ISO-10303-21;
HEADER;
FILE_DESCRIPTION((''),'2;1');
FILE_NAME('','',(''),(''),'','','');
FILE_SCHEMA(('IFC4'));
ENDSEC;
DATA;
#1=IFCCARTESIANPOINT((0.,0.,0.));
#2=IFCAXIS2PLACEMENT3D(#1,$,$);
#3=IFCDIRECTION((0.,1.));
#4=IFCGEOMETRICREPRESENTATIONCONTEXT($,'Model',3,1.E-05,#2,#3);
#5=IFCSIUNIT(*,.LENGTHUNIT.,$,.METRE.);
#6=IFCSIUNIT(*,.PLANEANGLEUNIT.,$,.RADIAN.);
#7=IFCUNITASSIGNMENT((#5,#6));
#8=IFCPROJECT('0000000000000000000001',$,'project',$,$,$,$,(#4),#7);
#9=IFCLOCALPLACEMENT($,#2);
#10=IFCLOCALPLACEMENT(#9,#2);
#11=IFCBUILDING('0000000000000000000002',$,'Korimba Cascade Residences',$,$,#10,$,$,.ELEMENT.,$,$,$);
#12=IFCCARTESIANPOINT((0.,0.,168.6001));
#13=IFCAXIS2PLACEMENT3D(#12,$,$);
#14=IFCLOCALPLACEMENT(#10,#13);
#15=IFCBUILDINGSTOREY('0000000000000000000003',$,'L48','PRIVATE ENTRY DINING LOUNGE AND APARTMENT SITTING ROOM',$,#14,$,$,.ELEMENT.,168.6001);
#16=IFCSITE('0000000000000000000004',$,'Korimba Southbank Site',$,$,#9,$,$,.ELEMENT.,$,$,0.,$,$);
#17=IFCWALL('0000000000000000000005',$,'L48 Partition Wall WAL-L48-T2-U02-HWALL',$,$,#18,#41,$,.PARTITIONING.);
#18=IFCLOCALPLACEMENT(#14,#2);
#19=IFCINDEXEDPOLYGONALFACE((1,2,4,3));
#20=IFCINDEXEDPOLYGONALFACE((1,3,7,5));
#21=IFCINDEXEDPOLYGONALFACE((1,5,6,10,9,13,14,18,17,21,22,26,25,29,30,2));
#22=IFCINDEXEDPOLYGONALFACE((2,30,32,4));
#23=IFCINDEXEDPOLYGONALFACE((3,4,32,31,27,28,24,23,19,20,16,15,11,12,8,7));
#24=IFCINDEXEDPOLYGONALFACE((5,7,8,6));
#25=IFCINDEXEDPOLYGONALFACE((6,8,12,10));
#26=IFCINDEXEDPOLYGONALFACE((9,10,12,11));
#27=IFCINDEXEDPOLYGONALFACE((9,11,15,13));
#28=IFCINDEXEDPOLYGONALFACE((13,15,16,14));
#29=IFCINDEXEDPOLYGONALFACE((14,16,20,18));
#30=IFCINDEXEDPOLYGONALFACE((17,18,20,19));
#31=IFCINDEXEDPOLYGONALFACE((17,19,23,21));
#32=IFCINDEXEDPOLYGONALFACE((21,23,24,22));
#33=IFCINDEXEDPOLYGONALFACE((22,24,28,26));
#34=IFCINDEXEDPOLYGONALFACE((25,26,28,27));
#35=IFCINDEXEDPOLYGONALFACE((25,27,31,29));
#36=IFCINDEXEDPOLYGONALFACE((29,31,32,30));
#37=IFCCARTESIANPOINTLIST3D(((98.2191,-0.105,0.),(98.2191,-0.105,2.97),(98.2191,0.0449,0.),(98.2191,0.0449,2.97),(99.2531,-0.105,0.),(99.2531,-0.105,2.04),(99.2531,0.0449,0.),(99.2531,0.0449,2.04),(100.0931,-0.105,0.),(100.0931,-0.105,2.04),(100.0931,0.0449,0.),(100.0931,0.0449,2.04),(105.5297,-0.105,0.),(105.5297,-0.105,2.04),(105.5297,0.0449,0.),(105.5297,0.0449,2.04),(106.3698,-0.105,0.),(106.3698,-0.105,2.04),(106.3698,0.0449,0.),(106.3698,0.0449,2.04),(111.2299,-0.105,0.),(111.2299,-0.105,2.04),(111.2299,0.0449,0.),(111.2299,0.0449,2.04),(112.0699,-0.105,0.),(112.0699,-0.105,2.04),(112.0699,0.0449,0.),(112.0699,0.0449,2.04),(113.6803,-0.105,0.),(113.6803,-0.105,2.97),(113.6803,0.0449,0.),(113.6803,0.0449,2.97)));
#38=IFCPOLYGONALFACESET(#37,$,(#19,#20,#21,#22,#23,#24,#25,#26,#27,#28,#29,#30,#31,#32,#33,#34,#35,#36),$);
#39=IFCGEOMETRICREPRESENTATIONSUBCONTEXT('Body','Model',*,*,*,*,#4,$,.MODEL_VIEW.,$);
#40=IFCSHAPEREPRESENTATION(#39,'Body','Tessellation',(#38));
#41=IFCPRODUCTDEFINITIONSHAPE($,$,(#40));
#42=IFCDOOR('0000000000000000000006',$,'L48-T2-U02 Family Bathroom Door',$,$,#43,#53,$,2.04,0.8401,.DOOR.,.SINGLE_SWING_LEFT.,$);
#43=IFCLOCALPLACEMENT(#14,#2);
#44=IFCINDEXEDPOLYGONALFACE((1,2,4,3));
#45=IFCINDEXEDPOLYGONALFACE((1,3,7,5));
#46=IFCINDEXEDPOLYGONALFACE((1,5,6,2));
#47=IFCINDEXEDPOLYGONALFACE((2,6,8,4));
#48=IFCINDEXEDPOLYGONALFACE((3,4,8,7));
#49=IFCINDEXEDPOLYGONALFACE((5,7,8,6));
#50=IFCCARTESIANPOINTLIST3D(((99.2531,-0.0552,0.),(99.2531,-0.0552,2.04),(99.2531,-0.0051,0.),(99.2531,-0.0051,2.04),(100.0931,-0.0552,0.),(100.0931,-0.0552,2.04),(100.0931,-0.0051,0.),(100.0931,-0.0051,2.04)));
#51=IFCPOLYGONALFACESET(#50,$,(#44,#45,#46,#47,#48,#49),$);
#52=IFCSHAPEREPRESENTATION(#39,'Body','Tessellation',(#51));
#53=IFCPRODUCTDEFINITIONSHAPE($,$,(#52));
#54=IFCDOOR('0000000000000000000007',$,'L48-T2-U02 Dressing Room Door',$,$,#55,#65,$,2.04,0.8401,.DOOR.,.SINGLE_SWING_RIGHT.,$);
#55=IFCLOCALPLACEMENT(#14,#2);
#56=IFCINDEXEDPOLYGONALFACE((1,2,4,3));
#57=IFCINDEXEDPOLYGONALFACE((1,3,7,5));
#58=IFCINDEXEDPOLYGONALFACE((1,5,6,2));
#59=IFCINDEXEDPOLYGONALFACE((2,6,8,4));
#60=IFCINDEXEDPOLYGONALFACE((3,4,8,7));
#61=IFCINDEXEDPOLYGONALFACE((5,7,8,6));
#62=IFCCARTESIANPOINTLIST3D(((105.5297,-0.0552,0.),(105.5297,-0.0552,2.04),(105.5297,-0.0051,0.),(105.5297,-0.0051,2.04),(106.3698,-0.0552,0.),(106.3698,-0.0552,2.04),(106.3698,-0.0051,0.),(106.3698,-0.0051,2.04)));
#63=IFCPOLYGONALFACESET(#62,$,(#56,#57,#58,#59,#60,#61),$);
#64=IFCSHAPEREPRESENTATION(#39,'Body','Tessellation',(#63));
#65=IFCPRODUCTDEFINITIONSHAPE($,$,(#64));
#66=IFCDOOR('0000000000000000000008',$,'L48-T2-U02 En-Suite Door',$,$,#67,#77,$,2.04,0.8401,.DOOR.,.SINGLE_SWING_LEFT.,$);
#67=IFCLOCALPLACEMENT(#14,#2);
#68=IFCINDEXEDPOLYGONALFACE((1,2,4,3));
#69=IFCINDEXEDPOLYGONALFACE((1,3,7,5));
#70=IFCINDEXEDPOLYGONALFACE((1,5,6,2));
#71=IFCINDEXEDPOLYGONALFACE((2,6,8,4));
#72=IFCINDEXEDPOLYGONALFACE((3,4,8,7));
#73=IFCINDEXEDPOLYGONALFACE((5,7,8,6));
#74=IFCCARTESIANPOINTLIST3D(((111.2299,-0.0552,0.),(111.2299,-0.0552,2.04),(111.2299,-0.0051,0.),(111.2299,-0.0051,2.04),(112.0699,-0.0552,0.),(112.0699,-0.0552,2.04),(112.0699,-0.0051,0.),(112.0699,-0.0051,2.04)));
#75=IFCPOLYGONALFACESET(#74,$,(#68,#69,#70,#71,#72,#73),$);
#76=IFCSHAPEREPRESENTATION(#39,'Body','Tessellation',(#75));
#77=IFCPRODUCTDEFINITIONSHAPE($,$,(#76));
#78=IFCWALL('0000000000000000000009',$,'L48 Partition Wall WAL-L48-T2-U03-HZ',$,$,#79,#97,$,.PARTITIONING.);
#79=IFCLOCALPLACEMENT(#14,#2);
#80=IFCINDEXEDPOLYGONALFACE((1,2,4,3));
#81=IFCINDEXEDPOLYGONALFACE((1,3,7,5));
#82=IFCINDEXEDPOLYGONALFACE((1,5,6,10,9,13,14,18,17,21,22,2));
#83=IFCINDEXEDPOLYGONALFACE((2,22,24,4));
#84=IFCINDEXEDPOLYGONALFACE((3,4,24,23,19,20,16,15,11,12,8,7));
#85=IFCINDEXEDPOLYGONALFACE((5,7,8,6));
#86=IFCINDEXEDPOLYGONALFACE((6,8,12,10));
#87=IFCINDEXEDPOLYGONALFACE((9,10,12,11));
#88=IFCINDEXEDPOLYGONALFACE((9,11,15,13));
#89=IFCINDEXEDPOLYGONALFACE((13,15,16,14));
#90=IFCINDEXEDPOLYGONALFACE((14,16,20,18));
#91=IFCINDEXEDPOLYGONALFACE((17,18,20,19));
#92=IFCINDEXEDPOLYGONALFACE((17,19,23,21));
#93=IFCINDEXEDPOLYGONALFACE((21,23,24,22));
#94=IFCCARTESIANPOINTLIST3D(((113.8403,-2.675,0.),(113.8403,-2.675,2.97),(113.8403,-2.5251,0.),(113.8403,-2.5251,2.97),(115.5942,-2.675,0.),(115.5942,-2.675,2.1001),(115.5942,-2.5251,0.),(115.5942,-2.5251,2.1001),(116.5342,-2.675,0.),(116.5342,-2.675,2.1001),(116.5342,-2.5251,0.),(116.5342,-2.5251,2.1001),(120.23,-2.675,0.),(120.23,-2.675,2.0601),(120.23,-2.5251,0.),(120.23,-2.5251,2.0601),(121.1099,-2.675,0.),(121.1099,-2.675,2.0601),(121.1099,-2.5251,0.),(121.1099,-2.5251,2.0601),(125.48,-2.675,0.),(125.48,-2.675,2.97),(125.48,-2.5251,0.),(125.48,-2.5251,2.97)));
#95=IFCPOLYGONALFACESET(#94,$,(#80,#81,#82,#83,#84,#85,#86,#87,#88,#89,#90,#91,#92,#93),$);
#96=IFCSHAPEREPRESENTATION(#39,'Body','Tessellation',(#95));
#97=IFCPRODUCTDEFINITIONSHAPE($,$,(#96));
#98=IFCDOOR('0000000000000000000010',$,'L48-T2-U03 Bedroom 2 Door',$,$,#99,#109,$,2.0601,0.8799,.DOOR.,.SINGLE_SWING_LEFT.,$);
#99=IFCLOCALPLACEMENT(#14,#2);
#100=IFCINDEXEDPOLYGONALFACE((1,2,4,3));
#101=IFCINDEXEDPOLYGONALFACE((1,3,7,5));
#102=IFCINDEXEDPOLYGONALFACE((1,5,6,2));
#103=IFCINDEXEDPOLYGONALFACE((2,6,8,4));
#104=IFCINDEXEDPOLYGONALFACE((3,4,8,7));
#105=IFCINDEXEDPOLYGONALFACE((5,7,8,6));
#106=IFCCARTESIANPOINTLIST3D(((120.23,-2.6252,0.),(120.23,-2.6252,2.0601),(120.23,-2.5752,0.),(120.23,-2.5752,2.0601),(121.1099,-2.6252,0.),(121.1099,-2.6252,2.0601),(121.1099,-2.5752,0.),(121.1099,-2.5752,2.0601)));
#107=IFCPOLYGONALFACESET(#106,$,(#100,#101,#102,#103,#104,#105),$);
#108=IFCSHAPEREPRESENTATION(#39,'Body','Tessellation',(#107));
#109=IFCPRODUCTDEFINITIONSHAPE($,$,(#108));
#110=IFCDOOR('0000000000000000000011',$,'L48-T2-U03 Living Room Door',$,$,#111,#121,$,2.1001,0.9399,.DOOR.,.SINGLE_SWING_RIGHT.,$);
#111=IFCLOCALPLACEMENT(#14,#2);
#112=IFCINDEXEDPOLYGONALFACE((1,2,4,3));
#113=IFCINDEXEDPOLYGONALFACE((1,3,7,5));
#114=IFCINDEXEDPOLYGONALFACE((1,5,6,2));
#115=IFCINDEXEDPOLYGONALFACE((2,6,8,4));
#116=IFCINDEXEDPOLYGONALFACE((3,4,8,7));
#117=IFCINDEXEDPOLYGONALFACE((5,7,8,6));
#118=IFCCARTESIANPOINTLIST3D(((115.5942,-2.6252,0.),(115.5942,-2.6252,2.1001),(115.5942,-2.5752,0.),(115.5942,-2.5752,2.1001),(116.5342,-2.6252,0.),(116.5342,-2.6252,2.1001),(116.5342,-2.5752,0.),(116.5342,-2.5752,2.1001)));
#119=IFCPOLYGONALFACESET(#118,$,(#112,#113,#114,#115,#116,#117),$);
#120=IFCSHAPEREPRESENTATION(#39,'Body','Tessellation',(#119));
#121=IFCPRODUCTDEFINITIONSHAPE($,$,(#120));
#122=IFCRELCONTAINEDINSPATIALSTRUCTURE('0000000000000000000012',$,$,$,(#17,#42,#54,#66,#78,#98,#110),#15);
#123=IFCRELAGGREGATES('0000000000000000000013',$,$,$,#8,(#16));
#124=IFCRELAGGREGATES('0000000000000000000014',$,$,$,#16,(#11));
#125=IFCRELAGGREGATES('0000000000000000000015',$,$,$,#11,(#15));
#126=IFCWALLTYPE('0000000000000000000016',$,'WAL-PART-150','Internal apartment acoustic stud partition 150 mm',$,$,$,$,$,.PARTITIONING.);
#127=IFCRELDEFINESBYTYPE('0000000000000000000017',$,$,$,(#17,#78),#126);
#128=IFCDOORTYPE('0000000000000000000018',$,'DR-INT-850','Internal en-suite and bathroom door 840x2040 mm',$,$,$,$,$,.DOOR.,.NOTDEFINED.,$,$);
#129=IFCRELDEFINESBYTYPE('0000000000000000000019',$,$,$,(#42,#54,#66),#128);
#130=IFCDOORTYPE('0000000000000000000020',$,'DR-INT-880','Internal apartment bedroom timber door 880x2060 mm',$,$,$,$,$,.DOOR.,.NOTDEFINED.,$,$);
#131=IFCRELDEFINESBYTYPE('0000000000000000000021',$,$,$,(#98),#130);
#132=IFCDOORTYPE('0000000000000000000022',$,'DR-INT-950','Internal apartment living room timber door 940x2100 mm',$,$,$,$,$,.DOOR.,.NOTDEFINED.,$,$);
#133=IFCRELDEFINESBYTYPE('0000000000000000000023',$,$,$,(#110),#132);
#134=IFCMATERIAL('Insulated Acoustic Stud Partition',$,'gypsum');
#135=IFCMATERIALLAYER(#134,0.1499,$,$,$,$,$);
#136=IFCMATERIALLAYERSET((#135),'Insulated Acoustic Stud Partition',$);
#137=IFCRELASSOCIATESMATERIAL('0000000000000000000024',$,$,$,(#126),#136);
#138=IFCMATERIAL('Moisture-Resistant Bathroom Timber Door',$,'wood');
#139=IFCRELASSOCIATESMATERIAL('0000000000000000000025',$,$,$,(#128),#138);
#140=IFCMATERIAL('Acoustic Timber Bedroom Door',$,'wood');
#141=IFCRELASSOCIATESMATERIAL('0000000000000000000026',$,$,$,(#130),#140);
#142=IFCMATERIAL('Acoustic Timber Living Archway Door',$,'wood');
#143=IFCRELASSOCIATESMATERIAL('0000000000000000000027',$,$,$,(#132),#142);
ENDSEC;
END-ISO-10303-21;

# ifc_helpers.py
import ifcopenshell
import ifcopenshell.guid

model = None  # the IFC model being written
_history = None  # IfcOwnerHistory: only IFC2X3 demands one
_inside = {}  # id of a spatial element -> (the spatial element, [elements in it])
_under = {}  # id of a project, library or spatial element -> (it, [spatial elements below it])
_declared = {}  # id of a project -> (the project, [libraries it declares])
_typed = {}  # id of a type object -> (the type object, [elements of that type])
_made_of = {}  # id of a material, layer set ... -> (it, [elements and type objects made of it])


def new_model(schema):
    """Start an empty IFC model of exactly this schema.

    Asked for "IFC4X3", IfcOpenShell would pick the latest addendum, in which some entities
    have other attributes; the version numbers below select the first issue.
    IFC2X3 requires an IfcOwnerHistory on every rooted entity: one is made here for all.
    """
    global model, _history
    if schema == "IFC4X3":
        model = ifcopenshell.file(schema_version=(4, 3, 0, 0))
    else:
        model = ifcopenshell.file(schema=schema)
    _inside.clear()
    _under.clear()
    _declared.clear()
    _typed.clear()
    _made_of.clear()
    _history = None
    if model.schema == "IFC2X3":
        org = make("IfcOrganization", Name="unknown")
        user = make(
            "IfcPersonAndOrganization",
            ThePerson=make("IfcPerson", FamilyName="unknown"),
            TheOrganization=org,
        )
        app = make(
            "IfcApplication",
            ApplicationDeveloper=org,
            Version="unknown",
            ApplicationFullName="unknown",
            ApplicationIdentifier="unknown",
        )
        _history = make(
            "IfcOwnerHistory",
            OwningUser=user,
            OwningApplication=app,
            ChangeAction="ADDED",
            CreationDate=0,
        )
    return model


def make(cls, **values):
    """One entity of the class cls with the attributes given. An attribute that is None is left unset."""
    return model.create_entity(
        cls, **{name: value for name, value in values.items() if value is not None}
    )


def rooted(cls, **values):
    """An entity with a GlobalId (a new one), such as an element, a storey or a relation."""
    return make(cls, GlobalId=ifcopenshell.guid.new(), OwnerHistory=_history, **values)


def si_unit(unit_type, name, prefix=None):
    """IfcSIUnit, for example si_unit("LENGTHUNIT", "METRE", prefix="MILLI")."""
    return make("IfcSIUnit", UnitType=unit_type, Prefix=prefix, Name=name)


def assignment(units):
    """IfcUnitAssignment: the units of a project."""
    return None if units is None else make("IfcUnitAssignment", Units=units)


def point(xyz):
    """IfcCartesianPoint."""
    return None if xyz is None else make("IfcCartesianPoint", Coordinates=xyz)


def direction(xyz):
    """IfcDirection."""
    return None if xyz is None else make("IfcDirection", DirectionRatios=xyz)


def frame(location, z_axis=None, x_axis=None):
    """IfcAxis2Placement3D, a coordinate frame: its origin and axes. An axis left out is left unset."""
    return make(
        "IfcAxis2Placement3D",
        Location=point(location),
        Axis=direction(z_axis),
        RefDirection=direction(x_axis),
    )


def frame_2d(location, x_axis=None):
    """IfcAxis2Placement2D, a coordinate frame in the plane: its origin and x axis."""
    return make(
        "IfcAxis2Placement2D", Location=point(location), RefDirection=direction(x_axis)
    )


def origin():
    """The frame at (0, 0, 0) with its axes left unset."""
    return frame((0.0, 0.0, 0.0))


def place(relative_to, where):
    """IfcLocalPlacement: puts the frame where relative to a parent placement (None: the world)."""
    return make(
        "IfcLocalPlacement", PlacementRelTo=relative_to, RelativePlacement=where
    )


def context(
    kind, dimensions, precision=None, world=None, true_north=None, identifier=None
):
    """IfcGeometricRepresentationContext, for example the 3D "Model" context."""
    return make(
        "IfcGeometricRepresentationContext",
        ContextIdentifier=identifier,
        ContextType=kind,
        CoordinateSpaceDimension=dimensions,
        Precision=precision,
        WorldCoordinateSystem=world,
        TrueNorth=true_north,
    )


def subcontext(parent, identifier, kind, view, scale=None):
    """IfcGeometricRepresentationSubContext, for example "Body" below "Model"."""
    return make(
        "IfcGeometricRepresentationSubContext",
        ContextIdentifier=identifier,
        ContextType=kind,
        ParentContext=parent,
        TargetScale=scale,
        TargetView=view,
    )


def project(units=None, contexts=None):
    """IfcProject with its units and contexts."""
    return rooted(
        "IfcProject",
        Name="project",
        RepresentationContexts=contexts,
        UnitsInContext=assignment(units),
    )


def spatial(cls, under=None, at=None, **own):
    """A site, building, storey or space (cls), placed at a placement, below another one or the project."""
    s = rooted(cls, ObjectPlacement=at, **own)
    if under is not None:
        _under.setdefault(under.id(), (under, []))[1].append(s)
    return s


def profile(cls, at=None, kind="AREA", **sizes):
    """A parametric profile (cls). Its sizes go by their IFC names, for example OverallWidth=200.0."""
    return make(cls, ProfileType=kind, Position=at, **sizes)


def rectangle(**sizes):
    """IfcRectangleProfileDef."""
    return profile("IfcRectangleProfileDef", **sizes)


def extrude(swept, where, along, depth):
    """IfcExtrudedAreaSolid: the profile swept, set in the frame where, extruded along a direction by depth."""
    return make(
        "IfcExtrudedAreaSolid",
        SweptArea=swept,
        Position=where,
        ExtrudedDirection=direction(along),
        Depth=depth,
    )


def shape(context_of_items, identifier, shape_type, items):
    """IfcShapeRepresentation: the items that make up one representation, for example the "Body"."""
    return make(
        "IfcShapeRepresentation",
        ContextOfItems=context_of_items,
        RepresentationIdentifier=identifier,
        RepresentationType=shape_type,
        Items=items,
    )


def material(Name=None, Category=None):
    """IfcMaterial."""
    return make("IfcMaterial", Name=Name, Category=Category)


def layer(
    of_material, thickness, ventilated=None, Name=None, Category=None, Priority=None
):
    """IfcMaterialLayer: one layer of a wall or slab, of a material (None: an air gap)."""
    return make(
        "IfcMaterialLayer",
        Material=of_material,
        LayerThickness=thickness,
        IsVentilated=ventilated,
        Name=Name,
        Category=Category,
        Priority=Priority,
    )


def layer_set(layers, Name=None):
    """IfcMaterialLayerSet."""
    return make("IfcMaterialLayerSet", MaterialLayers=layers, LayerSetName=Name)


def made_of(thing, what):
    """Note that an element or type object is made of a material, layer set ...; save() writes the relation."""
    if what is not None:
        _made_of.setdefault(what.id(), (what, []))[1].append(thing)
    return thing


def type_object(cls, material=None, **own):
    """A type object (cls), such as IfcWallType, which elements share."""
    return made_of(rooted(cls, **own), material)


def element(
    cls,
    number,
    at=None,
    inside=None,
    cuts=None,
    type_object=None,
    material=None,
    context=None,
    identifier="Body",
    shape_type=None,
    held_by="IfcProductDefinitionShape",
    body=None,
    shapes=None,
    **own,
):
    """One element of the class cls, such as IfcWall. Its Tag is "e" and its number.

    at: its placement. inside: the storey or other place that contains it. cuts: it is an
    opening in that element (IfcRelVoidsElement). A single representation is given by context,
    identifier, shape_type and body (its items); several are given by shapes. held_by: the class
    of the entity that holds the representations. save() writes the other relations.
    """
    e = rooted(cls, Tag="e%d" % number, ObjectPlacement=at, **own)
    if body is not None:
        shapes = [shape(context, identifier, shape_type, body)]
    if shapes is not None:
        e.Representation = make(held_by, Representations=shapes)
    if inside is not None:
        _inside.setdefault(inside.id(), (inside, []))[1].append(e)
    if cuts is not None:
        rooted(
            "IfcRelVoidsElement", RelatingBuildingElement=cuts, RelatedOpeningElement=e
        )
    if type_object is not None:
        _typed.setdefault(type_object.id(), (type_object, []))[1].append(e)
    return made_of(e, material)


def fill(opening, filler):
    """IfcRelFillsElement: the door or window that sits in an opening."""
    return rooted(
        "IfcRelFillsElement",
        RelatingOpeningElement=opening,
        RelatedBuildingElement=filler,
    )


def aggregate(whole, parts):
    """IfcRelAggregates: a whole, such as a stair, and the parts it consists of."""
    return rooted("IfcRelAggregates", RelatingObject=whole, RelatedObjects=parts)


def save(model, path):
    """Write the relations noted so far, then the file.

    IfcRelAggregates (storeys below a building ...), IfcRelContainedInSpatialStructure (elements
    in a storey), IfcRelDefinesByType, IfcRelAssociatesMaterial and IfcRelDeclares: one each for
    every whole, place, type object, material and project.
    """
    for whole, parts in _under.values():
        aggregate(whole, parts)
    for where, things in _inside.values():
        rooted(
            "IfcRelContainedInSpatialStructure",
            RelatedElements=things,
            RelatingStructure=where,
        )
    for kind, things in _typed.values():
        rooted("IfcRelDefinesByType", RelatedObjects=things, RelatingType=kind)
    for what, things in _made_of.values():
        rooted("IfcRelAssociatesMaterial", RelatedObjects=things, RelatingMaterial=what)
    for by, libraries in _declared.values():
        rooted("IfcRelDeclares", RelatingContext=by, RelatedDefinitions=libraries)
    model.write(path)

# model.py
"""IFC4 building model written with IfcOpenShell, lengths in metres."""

from ifc_helpers import new_model, si_unit, direction, frame, frame_2d, origin, place, context, subcontext, project, spatial, rectangle, extrude, material, layer, layer_set, type_object, element, fill, save


model = new_model("IFC4")

# Units and contexts
model_context = context("Model", 3, precision=1e-05, world=origin(), true_north=direction((0.0, 1.0)))
body_context = subcontext(model_context, "Body", "Model", "MODEL_VIEW")
ifc_project = project(units=[si_unit("LENGTHUNIT", "METRE"), si_unit("PLANEANGLEUNIT", "RADIAN")], contexts=[model_context])

# Site, building, storey
site_placement = place(None, origin())
site = spatial("IfcSite", under=ifc_project, at=site_placement, Name="Korimba Southbank Site", CompositionType="ELEMENT", RefElevation=0.0)
building_placement = place(site_placement, origin())
building = spatial("IfcBuilding", under=site, at=building_placement, Name="Korimba Cascade Residences", CompositionType="ELEMENT")
storey_placement = place(building_placement, frame((0.0, 0.0, 168.6001)))
storey = spatial("IfcBuildingStorey", under=building, at=storey_placement, Name="L48", Description="PRIVATE ENTRY DINING LOUNGE AND APARTMENT SITTING ROOM", CompositionType="ELEMENT", Elevation=168.6001)

# Shared definitions
ifc_material_1 = material(Name="Insulated Acoustic Stud Partition", Category="gypsum")
ifc_layer = layer(ifc_material_1, 0.1499)
ifc_layer_set = layer_set([ifc_layer], Name="Insulated Acoustic Stud Partition")
wall_type = type_object("IfcWallType", Name="WAL-PART-150", Description="Internal apartment acoustic stud partition 150 mm", PredefinedType="PARTITIONING", material=ifc_layer_set)
ifc_material_2 = material(Name="Moisture-Resistant Bathroom Timber Door", Category="wood")
door_type_1 = type_object("IfcDoorType", Name="DR-INT-850", Description="Internal en-suite and bathroom door 840x2040 mm", OperationType="NOTDEFINED", PredefinedType="DOOR", material=ifc_material_2)
ifc_material_3 = material(Name="Acoustic Timber Bedroom Door", Category="wood")
door_type_2 = type_object("IfcDoorType", Name="DR-INT-880", Description="Internal apartment bedroom timber door 880x2060 mm", OperationType="NOTDEFINED", PredefinedType="DOOR", material=ifc_material_3)

# Walls, openings, doors
wall_1_placement = place(storey_placement, frame((98.2192, -0.03, 0.0), z_axis=(0.0, 0.0, 1.0), x_axis=(1.0, 0.0, 0.0)))
wall_1 = element("IfcWall", 1, at=wall_1_placement, inside=storey, type_object=wall_type, Name="L48 Partition Wall WAL-L48-T2-U02-HWALL", PredefinedType="PARTITIONING", context=body_context, shape_type="SweptSolid", body=[
    extrude(rectangle(XDim=15.4612, YDim=0.1499, at=frame_2d((7.7305, 0.0))), origin(), (0.0, 0.0, 1.0), 2.97),
])
opening_1_placement = place(wall_1_placement, frame((1.0339, 0.0, 0.0)))
opening_1 = element("IfcOpeningElement", 2, at=opening_1_placement, cuts=wall_1, PredefinedType="OPENING", context=body_context, shape_type="SweptSolid", body=[
    extrude(rectangle(XDim=0.8401, YDim=2.04, at=frame_2d((0.4199, 1.02))), frame((0.0, 0.085, 0.0), z_axis=(0.0, -1.0, 0.0), x_axis=(1.0, 0.0, 0.0)), (0.0, 0.0, 1.0), 0.1699),
])
opening_2_placement = place(wall_1_placement, frame((7.3105, 0.0, 0.0)))
opening_2 = element("IfcOpeningElement", 3, at=opening_2_placement, cuts=wall_1, PredefinedType="OPENING", context=body_context, shape_type="SweptSolid", body=[
    extrude(rectangle(XDim=0.8401, YDim=2.04, at=frame_2d((0.4199, 1.02))), frame((0.0, 0.085, 0.0), z_axis=(0.0, -1.0, 0.0), x_axis=(1.0, 0.0, 0.0)), (0.0, 0.0, 1.0), 0.1699),
])
opening_3_placement = place(wall_1_placement, frame((13.0107, 0.0, 0.0)))
opening_3 = element("IfcOpeningElement", 4, at=opening_3_placement, cuts=wall_1, PredefinedType="OPENING", context=body_context, shape_type="SweptSolid", body=[
    extrude(rectangle(XDim=0.8401, YDim=2.04, at=frame_2d((0.4199, 1.02))), frame((0.0, 0.085, 0.0), z_axis=(0.0, -1.0, 0.0), x_axis=(1.0, 0.0, 0.0)), (0.0, 0.0, 1.0), 0.1699),
])
door_1_placement = place(opening_1_placement, origin())
door_1 = element("IfcDoor", 5, at=door_1_placement, inside=storey, type_object=door_type_1, Name="L48-T2-U02 Family Bathroom Door", OperationType="SINGLE_SWING_LEFT", OverallHeight=2.04, OverallWidth=0.8401, PredefinedType="DOOR", context=body_context, shape_type="SweptSolid", body=[
    extrude(rectangle(XDim=0.8401, YDim=2.04, at=frame_2d((0.4199, 1.02))), frame((0.0, 0.0249, 0.0), z_axis=(0.0, -1.0, 0.0), x_axis=(1.0, 0.0, 0.0)), (0.0, 0.0, 1.0), 0.05),
])
fill(opening_1, door_1)
door_2_placement = place(opening_2_placement, origin())
door_2 = element("IfcDoor", 6, at=door_2_placement, inside=storey, type_object=door_type_1, Name="L48-T2-U02 Dressing Room Door", OperationType="SINGLE_SWING_RIGHT", OverallHeight=2.04, OverallWidth=0.8401, PredefinedType="DOOR", context=body_context, shape_type="SweptSolid", body=[
    extrude(rectangle(XDim=0.8401, YDim=2.04, at=frame_2d((0.4199, 1.02))), frame((0.0, 0.0249, 0.0), z_axis=(0.0, -1.0, 0.0), x_axis=(1.0, 0.0, 0.0)), (0.0, 0.0, 1.0), 0.05),
])
fill(opening_2, door_2)
door_3_placement = place(opening_3_placement, origin())
door_3 = element("IfcDoor", 7, at=door_3_placement, inside=storey, type_object=door_type_1, Name="L48-T2-U02 En-Suite Door", OperationType="SINGLE_SWING_LEFT", OverallHeight=2.04, OverallWidth=0.8401, PredefinedType="DOOR", context=body_context, shape_type="SweptSolid", body=[
    extrude(rectangle(XDim=0.8401, YDim=2.04, at=frame_2d((0.4199, 1.02))), frame((0.0, 0.0249, 0.0), z_axis=(0.0, -1.0, 0.0), x_axis=(1.0, 0.0, 0.0)), (0.0, 0.0, 1.0), 0.05),
])
fill(opening_3, door_3)
wall_2_placement = place(storey_placement, frame((113.8403, -2.6001, 0.0), z_axis=(0.0, 0.0, 1.0), x_axis=(1.0, 0.0, 0.0)))
wall_2 = element("IfcWall", 8, at=wall_2_placement, inside=storey, type_object=wall_type, Name="L48 Partition Wall WAL-L48-T2-U03-HZ", PredefinedType="PARTITIONING", context=body_context, shape_type="SweptSolid", body=[
    extrude(rectangle(XDim=11.6396, YDim=0.1499, at=frame_2d((5.8198, 0.0))), origin(), (0.0, 0.0, 1.0), 2.97),
])
opening_4_placement = place(wall_2_placement, frame((1.7539, 0.0, 0.0)))
opening_4 = element("IfcOpeningElement", 9, at=opening_4_placement, cuts=wall_2, PredefinedType="OPENING", context=body_context, shape_type="SweptSolid", body=[
    extrude(rectangle(XDim=0.9399, YDim=2.1001, at=frame_2d((0.47, 1.05))), frame((0.0, 0.085, 0.0), z_axis=(0.0, -1.0, 0.0), x_axis=(1.0, 0.0, 0.0)), (0.0, 0.0, 1.0), 0.1699),
])
opening_5_placement = place(wall_2_placement, frame((6.3896, 0.0, 0.0)))
opening_5 = element("IfcOpeningElement", 10, at=opening_5_placement, cuts=wall_2, PredefinedType="OPENING", context=body_context, shape_type="SweptSolid", body=[
    extrude(rectangle(XDim=0.8799, YDim=2.0601, at=frame_2d((0.4399, 1.03))), frame((0.0, 0.085, 0.0), z_axis=(0.0, -1.0, 0.0), x_axis=(1.0, 0.0, 0.0)), (0.0, 0.0, 1.0), 0.1699),
])
door_4_placement = place(opening_5_placement, origin())
door_4 = element("IfcDoor", 11, at=door_4_placement, inside=storey, type_object=door_type_2, Name="L48-T2-U03 Bedroom 2 Door", OperationType="SINGLE_SWING_LEFT", OverallHeight=2.0601, OverallWidth=0.8799, PredefinedType="DOOR", context=body_context, shape_type="SweptSolid", body=[
    extrude(rectangle(XDim=0.8799, YDim=2.0601, at=frame_2d((0.4399, 1.03))), frame((0.0, 0.0249, 0.0), z_axis=(0.0, -1.0, 0.0), x_axis=(1.0, 0.0, 0.0)), (0.0, 0.0, 1.0), 0.05),
])
fill(opening_5, door_4)
ifc_material_4 = material(Name="Acoustic Timber Living Archway Door", Category="wood")
door_type_3 = type_object("IfcDoorType", Name="DR-INT-950", Description="Internal apartment living room timber door 940x2100 mm", OperationType="NOTDEFINED", PredefinedType="DOOR", material=ifc_material_4)
door_5_placement = place(opening_4_placement, origin())
door_5 = element("IfcDoor", 12, at=door_5_placement, inside=storey, type_object=door_type_3, Name="L48-T2-U03 Living Room Door", OperationType="SINGLE_SWING_RIGHT", OverallHeight=2.1001, OverallWidth=0.9399, PredefinedType="DOOR", context=body_context, shape_type="SweptSolid", body=[
    extrude(rectangle(XDim=0.9399, YDim=2.1001, at=frame_2d((0.47, 1.05))), frame((0.0, 0.0249, 0.0), z_axis=(0.0, -1.0, 0.0), x_axis=(1.0, 0.0, 0.0)), (0.0, 0.0, 1.0), 0.05),
])
fill(opening_4, door_5)

save(model, "model.ifc")
